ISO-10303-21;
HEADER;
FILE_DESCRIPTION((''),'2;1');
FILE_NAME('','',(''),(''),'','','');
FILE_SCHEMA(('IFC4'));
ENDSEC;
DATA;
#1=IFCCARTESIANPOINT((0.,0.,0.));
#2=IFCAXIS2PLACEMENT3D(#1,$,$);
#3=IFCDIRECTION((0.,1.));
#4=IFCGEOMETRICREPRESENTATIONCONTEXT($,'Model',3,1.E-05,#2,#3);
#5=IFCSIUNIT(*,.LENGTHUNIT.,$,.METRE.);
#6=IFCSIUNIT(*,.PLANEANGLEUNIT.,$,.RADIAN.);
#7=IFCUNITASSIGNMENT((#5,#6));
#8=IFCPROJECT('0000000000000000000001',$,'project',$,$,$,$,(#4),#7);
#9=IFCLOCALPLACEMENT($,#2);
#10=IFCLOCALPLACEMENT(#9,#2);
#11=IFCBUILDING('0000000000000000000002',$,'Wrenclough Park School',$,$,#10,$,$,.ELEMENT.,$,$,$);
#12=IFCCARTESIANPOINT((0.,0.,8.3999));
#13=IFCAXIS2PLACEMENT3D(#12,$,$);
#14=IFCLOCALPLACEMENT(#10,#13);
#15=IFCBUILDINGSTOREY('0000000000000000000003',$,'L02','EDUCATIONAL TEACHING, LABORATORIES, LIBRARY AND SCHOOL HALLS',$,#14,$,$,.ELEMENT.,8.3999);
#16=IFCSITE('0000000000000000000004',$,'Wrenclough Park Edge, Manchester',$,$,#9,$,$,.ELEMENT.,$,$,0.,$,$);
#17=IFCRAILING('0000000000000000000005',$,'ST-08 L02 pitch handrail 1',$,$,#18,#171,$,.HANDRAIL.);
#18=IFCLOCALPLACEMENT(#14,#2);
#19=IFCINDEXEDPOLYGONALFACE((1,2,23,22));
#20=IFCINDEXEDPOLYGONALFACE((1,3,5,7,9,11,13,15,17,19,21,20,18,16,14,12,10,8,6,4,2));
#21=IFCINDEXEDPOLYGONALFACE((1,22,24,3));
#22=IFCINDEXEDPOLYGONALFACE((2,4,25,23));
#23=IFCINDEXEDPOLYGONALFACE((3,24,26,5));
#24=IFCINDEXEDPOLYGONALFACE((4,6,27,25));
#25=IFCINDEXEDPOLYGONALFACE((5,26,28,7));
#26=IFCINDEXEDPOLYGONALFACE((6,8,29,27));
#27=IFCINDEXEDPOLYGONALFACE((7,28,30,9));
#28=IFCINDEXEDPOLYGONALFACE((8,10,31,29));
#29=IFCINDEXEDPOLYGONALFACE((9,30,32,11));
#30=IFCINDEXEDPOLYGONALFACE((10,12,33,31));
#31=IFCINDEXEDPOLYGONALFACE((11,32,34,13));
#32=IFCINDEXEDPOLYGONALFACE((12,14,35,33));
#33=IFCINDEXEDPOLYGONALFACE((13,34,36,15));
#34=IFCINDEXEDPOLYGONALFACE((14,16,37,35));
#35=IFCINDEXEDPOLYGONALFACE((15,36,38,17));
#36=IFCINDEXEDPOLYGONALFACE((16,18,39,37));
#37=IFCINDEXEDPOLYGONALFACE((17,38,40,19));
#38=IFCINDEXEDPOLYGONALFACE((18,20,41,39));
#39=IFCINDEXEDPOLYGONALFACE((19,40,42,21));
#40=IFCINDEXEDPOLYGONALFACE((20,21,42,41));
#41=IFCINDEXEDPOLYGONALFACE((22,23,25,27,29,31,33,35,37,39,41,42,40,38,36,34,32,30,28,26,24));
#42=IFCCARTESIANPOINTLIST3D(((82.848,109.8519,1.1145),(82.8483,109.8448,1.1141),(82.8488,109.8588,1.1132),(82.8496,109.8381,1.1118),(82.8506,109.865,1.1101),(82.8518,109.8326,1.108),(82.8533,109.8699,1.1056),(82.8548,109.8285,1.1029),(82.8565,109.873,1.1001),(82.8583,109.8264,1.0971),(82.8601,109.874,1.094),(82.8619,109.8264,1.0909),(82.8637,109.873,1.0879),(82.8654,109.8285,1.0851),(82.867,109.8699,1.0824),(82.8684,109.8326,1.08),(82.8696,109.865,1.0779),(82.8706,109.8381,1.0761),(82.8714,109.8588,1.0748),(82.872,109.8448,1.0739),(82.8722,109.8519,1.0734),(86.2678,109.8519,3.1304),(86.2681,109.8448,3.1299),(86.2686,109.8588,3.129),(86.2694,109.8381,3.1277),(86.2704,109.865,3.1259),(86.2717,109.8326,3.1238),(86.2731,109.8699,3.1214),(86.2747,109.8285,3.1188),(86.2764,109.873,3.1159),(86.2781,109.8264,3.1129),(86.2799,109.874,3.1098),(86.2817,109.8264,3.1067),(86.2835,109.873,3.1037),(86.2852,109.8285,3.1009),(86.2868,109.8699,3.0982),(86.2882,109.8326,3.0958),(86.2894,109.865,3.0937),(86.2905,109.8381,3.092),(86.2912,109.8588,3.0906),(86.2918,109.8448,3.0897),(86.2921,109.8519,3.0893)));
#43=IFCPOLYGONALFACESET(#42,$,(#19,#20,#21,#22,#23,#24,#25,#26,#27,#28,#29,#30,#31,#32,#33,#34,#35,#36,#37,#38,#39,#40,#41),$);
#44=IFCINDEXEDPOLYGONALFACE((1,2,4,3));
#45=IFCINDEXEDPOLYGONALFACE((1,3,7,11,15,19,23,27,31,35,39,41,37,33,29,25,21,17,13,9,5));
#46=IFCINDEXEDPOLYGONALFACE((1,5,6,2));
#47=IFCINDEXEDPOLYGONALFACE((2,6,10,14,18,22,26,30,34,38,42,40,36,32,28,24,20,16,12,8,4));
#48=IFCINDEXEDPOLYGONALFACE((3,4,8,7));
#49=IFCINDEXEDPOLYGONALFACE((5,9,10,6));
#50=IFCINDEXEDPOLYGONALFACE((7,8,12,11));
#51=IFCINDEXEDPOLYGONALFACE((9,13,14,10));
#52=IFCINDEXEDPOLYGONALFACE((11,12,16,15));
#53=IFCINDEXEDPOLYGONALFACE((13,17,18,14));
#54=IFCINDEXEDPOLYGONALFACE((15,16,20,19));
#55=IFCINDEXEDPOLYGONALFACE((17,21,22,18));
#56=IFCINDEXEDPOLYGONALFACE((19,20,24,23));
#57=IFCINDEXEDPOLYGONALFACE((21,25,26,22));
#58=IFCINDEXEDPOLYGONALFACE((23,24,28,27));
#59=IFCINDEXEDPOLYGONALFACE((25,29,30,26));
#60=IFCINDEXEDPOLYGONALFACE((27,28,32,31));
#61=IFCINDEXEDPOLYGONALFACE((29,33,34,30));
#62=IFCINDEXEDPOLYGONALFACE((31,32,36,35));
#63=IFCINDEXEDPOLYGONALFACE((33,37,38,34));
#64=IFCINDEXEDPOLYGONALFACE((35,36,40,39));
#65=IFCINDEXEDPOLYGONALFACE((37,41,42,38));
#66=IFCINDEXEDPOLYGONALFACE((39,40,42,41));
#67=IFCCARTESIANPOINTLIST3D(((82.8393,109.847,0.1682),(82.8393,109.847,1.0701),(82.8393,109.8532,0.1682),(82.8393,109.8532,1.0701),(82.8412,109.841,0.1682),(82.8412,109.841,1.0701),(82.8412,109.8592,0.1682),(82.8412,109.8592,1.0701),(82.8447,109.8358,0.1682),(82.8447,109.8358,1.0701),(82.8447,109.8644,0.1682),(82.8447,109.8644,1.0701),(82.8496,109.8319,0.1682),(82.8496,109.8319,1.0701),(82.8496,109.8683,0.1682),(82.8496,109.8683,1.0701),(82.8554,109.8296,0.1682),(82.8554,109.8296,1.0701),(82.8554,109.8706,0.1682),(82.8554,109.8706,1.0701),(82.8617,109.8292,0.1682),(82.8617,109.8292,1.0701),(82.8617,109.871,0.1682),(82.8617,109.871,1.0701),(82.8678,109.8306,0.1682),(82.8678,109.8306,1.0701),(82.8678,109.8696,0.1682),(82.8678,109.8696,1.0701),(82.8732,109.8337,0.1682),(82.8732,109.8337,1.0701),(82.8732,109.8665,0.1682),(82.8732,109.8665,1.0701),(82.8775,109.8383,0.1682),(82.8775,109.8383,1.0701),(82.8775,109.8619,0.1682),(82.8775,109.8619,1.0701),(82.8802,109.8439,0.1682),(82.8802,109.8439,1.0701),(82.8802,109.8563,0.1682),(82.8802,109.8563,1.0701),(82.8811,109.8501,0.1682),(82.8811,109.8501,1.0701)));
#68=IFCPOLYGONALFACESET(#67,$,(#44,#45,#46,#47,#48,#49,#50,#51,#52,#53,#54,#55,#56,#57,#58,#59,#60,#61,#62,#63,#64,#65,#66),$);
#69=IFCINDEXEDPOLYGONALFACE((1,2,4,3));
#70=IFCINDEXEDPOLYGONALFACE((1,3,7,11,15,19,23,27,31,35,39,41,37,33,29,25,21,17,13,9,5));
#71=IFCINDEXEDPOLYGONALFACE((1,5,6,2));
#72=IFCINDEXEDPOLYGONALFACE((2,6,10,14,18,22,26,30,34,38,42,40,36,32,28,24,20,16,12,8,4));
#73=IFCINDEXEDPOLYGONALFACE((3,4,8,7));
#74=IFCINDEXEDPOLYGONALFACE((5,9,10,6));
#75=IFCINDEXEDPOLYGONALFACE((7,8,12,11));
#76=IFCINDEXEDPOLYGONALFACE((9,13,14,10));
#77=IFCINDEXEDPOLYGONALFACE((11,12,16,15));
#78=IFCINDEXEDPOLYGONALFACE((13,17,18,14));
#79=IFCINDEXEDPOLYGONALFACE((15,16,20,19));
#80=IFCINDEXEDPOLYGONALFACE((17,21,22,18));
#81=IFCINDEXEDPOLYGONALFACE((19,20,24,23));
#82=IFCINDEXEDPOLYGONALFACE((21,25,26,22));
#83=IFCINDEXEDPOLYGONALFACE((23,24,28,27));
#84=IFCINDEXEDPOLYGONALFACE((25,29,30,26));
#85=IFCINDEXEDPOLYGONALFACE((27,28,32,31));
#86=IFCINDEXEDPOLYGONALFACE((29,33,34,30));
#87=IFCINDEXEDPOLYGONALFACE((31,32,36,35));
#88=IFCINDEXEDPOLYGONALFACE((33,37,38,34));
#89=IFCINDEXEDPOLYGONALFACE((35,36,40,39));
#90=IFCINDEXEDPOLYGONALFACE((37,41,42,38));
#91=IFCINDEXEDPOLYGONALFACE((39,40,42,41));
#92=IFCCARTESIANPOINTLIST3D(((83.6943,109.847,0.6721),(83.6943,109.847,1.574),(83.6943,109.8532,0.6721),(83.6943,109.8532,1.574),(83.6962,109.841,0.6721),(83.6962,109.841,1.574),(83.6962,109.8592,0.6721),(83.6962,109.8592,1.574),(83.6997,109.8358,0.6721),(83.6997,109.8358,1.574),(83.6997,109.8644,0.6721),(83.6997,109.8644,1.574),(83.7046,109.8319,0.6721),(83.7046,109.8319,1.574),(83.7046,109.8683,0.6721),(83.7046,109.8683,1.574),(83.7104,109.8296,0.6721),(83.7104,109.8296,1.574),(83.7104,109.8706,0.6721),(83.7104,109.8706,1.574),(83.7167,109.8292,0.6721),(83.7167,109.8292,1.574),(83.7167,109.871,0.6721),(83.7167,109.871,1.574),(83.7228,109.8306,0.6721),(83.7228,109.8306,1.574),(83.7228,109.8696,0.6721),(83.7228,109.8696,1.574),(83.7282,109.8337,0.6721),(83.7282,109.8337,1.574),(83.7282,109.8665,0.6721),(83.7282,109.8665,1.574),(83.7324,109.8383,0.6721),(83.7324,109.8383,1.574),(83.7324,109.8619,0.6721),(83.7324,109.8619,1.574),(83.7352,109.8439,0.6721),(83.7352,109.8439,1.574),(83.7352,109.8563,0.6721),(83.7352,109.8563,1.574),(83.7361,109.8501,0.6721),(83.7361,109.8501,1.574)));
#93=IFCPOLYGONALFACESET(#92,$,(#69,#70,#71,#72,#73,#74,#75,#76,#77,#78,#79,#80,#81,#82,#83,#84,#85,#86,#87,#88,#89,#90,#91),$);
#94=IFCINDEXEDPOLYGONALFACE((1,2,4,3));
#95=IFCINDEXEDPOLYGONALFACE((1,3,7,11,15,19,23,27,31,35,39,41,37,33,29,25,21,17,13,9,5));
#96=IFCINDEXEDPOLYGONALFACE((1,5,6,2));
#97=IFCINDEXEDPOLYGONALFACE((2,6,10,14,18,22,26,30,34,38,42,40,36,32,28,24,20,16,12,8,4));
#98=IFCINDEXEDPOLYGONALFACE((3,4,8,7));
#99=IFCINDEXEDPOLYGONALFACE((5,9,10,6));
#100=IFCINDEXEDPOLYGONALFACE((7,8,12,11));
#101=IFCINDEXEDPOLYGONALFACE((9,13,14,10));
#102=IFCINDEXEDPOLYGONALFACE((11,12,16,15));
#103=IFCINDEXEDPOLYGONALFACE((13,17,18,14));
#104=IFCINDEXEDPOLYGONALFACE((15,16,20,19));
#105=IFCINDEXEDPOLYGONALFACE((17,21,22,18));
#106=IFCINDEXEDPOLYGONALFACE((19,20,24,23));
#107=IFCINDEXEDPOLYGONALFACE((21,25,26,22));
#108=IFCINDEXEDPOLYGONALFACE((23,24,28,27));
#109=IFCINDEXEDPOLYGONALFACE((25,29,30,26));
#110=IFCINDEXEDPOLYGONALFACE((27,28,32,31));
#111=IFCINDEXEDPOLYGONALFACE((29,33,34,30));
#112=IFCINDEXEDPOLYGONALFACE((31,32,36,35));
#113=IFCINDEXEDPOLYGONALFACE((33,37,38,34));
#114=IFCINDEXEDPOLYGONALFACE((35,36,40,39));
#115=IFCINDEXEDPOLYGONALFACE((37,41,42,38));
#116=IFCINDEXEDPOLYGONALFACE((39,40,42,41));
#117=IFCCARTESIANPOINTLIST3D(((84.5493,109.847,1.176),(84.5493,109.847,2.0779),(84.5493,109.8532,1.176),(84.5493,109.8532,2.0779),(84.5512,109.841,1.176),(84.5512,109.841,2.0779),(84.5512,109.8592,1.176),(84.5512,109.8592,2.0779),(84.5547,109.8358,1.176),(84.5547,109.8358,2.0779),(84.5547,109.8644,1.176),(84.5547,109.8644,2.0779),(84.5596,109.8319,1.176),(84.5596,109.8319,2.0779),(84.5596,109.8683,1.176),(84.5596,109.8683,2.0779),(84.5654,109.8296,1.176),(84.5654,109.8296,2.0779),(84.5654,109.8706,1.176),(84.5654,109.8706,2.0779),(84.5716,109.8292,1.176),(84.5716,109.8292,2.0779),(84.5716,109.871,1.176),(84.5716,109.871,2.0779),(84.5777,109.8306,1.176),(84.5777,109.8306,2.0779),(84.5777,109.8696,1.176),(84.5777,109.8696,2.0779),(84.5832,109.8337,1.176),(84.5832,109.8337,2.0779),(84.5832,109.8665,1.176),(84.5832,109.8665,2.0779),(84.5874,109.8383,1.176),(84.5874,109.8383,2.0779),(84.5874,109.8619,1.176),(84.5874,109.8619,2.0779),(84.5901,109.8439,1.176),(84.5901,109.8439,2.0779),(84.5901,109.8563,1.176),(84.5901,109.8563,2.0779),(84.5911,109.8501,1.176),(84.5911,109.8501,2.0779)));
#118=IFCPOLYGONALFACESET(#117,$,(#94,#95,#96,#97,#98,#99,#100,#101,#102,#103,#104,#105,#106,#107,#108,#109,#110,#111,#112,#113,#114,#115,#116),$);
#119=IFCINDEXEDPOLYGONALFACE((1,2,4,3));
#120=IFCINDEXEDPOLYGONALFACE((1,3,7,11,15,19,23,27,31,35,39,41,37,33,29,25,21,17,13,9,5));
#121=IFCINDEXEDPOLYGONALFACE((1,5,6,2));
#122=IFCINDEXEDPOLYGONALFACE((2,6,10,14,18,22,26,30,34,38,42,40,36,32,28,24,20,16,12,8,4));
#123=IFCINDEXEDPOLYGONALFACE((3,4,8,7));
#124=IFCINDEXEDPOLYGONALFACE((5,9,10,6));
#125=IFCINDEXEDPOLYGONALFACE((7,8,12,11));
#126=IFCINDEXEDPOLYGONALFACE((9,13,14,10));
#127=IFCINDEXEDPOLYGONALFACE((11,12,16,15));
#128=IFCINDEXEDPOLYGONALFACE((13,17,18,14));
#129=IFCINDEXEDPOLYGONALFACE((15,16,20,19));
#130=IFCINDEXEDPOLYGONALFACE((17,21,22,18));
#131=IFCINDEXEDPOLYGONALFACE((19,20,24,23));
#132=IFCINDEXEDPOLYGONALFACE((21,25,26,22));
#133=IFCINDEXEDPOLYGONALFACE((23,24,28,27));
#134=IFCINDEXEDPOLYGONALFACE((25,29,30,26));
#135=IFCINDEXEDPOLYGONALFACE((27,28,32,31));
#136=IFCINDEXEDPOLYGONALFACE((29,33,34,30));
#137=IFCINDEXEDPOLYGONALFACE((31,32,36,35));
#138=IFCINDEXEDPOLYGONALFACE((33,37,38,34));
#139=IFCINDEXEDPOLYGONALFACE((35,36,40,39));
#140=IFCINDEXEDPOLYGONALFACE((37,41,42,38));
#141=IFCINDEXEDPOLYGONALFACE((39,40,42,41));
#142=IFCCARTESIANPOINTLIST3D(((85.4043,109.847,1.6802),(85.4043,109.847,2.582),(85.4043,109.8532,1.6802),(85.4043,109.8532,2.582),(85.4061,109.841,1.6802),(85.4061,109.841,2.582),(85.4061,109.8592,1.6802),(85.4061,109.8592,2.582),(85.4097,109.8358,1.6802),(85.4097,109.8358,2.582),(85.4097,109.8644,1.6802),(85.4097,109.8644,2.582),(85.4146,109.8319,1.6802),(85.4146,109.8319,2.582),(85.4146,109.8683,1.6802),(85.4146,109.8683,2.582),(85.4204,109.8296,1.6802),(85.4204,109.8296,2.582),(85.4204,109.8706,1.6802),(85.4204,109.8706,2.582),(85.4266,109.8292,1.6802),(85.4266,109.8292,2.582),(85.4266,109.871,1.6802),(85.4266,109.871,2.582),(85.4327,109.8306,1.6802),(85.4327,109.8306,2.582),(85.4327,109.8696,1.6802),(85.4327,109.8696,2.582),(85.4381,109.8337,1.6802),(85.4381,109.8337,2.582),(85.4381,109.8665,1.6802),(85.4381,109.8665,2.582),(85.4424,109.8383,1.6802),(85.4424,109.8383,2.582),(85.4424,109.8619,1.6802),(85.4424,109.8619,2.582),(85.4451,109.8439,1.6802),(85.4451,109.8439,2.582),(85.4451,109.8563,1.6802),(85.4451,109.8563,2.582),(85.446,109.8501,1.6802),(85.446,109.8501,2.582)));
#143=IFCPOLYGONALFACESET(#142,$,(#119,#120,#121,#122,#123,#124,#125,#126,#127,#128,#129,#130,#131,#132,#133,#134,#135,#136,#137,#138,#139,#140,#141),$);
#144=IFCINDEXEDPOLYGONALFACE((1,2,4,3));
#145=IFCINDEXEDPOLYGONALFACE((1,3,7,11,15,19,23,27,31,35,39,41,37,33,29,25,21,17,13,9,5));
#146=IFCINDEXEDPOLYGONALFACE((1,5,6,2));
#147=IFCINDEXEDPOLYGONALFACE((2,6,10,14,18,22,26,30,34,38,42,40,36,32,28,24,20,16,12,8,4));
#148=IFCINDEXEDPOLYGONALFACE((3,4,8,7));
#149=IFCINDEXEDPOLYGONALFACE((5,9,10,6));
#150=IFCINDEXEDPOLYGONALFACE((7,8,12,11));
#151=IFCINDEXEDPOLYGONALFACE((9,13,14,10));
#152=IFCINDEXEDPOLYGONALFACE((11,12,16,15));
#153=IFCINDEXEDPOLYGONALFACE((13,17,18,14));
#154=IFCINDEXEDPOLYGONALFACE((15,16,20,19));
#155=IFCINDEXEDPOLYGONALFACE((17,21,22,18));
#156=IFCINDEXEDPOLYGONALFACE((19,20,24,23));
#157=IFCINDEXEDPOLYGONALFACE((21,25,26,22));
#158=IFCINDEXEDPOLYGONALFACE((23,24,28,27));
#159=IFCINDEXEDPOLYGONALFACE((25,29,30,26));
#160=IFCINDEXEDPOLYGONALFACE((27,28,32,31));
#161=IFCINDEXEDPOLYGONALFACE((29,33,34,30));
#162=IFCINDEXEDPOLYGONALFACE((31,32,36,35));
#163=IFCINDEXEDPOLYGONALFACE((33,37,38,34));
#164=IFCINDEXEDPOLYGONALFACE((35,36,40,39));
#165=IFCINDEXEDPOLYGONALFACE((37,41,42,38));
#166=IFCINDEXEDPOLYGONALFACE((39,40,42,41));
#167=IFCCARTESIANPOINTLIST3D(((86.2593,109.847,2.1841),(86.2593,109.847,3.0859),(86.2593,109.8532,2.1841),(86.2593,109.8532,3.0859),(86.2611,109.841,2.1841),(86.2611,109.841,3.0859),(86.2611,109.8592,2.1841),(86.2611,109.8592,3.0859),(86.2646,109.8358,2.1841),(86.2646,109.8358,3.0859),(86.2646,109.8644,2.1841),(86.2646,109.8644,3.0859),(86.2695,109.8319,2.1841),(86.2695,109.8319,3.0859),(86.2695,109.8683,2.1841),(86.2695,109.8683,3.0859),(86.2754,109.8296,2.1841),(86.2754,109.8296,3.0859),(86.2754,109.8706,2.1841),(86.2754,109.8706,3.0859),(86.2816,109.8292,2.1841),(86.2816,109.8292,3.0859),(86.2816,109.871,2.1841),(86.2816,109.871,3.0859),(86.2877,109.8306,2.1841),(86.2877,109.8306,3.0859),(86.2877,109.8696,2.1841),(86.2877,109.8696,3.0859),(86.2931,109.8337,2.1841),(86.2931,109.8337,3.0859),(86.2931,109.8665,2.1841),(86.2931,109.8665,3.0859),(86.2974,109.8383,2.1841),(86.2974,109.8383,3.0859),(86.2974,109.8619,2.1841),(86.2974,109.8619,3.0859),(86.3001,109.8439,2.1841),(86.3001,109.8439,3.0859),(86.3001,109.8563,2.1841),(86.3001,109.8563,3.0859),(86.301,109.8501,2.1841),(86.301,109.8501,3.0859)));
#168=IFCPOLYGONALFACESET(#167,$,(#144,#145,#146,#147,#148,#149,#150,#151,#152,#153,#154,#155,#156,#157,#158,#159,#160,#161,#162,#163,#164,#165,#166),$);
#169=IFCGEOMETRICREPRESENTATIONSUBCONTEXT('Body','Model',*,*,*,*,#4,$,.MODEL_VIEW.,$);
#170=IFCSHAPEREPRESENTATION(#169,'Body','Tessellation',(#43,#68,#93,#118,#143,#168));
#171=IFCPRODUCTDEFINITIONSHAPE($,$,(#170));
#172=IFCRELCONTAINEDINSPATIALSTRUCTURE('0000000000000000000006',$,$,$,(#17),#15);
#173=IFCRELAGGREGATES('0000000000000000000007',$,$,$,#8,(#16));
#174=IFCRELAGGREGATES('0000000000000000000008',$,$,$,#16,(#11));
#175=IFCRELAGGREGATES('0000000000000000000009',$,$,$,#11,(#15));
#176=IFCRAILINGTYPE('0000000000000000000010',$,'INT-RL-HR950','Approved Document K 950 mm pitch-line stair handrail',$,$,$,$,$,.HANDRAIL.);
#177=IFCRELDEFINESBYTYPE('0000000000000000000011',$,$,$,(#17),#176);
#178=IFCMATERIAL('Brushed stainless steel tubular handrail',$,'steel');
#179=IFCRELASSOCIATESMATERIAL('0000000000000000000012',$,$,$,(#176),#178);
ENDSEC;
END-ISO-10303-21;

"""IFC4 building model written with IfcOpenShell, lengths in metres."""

from ifc_helpers import new_model, si_unit, direction, frame, origin, origin_2d, place, context, subcontext, project, spatial, circle, extrude, material, type_object, element, save


model = new_model("IFC4")

# Units and contexts
model_context = context("Model", 3, precision=1e-05, world=origin(), true_north=direction((0.0, 1.0)))
body_context = subcontext(model_context, "Body", "Model", "MODEL_VIEW")
ifc_project = project(units=[si_unit("LENGTHUNIT", "METRE"), si_unit("PLANEANGLEUNIT", "RADIAN")], contexts=[model_context])

# Site, building, storey
site_placement = place(None, origin())
site = spatial("IfcSite", under=ifc_project, at=site_placement, Name="Wrenclough Park Edge, Manchester", CompositionType="ELEMENT", RefElevation=0.0)
building_placement = place(site_placement, origin())
building = spatial("IfcBuilding", under=site, at=building_placement, Name="Wrenclough Park School", CompositionType="ELEMENT")
storey_placement = place(building_placement, frame((0.0, 0.0, 8.3999)))
storey = spatial("IfcBuildingStorey", under=building, at=storey_placement, Name="L02", Description="EDUCATIONAL TEACHING, LABORATORIES, LIBRARY AND SCHOOL HALLS", CompositionType="ELEMENT", Elevation=8.3999)

# Railing
ifc_material_1 = material(Name="Brushed stainless steel tubular handrail", Category="steel")
railing_type_1 = type_object("IfcRailingType", Name="INT-RL-HR950", Description="Approved Document K 950 mm pitch-line stair handrail", PredefinedType="HANDRAIL", material=ifc_material_1)
railing_1_placement = place(storey_placement, frame((82.8601, 109.8501, 0.1682)))
element("IfcRailing", 1, at=railing_1_placement, inside=storey, type_object=railing_type_1, Name="ST-08 L02 pitch handrail 1", PredefinedType="HANDRAIL", context=body_context, shape_type="SweptSolid", body=[
    extrude(circle(Radius=0.0239, at=origin_2d()), frame((0.0, 0.0, 0.9258), z_axis=(0.861477, 0.0, 0.507797), x_axis=(0.0, 1.0, 0.0)), (0.0, 0.0, 1.0), 3.9697),
    extrude(circle(Radius=0.021, at=origin_2d()), origin(), (0.0, 0.0, 1.0), 0.9019),
    extrude(circle(Radius=0.021, at=origin_2d()), frame((0.855, 0.0, 0.5039)), (0.0, 0.0, 1.0), 0.9019),
    extrude(circle(Radius=0.021, at=origin_2d()), frame((1.71, 0.0, 1.0078)), (0.0, 0.0, 1.0), 0.9019),
    extrude(circle(Radius=0.021, at=origin_2d()), frame((2.5649, 0.0, 1.512)), (0.0, 0.0, 1.0), 0.9019),
    extrude(circle(Radius=0.021, at=origin_2d()), frame((3.4199, 0.0, 2.0159)), (0.0, 0.0, 1.0), 0.9019),
])

save(model, "model.ifc")
